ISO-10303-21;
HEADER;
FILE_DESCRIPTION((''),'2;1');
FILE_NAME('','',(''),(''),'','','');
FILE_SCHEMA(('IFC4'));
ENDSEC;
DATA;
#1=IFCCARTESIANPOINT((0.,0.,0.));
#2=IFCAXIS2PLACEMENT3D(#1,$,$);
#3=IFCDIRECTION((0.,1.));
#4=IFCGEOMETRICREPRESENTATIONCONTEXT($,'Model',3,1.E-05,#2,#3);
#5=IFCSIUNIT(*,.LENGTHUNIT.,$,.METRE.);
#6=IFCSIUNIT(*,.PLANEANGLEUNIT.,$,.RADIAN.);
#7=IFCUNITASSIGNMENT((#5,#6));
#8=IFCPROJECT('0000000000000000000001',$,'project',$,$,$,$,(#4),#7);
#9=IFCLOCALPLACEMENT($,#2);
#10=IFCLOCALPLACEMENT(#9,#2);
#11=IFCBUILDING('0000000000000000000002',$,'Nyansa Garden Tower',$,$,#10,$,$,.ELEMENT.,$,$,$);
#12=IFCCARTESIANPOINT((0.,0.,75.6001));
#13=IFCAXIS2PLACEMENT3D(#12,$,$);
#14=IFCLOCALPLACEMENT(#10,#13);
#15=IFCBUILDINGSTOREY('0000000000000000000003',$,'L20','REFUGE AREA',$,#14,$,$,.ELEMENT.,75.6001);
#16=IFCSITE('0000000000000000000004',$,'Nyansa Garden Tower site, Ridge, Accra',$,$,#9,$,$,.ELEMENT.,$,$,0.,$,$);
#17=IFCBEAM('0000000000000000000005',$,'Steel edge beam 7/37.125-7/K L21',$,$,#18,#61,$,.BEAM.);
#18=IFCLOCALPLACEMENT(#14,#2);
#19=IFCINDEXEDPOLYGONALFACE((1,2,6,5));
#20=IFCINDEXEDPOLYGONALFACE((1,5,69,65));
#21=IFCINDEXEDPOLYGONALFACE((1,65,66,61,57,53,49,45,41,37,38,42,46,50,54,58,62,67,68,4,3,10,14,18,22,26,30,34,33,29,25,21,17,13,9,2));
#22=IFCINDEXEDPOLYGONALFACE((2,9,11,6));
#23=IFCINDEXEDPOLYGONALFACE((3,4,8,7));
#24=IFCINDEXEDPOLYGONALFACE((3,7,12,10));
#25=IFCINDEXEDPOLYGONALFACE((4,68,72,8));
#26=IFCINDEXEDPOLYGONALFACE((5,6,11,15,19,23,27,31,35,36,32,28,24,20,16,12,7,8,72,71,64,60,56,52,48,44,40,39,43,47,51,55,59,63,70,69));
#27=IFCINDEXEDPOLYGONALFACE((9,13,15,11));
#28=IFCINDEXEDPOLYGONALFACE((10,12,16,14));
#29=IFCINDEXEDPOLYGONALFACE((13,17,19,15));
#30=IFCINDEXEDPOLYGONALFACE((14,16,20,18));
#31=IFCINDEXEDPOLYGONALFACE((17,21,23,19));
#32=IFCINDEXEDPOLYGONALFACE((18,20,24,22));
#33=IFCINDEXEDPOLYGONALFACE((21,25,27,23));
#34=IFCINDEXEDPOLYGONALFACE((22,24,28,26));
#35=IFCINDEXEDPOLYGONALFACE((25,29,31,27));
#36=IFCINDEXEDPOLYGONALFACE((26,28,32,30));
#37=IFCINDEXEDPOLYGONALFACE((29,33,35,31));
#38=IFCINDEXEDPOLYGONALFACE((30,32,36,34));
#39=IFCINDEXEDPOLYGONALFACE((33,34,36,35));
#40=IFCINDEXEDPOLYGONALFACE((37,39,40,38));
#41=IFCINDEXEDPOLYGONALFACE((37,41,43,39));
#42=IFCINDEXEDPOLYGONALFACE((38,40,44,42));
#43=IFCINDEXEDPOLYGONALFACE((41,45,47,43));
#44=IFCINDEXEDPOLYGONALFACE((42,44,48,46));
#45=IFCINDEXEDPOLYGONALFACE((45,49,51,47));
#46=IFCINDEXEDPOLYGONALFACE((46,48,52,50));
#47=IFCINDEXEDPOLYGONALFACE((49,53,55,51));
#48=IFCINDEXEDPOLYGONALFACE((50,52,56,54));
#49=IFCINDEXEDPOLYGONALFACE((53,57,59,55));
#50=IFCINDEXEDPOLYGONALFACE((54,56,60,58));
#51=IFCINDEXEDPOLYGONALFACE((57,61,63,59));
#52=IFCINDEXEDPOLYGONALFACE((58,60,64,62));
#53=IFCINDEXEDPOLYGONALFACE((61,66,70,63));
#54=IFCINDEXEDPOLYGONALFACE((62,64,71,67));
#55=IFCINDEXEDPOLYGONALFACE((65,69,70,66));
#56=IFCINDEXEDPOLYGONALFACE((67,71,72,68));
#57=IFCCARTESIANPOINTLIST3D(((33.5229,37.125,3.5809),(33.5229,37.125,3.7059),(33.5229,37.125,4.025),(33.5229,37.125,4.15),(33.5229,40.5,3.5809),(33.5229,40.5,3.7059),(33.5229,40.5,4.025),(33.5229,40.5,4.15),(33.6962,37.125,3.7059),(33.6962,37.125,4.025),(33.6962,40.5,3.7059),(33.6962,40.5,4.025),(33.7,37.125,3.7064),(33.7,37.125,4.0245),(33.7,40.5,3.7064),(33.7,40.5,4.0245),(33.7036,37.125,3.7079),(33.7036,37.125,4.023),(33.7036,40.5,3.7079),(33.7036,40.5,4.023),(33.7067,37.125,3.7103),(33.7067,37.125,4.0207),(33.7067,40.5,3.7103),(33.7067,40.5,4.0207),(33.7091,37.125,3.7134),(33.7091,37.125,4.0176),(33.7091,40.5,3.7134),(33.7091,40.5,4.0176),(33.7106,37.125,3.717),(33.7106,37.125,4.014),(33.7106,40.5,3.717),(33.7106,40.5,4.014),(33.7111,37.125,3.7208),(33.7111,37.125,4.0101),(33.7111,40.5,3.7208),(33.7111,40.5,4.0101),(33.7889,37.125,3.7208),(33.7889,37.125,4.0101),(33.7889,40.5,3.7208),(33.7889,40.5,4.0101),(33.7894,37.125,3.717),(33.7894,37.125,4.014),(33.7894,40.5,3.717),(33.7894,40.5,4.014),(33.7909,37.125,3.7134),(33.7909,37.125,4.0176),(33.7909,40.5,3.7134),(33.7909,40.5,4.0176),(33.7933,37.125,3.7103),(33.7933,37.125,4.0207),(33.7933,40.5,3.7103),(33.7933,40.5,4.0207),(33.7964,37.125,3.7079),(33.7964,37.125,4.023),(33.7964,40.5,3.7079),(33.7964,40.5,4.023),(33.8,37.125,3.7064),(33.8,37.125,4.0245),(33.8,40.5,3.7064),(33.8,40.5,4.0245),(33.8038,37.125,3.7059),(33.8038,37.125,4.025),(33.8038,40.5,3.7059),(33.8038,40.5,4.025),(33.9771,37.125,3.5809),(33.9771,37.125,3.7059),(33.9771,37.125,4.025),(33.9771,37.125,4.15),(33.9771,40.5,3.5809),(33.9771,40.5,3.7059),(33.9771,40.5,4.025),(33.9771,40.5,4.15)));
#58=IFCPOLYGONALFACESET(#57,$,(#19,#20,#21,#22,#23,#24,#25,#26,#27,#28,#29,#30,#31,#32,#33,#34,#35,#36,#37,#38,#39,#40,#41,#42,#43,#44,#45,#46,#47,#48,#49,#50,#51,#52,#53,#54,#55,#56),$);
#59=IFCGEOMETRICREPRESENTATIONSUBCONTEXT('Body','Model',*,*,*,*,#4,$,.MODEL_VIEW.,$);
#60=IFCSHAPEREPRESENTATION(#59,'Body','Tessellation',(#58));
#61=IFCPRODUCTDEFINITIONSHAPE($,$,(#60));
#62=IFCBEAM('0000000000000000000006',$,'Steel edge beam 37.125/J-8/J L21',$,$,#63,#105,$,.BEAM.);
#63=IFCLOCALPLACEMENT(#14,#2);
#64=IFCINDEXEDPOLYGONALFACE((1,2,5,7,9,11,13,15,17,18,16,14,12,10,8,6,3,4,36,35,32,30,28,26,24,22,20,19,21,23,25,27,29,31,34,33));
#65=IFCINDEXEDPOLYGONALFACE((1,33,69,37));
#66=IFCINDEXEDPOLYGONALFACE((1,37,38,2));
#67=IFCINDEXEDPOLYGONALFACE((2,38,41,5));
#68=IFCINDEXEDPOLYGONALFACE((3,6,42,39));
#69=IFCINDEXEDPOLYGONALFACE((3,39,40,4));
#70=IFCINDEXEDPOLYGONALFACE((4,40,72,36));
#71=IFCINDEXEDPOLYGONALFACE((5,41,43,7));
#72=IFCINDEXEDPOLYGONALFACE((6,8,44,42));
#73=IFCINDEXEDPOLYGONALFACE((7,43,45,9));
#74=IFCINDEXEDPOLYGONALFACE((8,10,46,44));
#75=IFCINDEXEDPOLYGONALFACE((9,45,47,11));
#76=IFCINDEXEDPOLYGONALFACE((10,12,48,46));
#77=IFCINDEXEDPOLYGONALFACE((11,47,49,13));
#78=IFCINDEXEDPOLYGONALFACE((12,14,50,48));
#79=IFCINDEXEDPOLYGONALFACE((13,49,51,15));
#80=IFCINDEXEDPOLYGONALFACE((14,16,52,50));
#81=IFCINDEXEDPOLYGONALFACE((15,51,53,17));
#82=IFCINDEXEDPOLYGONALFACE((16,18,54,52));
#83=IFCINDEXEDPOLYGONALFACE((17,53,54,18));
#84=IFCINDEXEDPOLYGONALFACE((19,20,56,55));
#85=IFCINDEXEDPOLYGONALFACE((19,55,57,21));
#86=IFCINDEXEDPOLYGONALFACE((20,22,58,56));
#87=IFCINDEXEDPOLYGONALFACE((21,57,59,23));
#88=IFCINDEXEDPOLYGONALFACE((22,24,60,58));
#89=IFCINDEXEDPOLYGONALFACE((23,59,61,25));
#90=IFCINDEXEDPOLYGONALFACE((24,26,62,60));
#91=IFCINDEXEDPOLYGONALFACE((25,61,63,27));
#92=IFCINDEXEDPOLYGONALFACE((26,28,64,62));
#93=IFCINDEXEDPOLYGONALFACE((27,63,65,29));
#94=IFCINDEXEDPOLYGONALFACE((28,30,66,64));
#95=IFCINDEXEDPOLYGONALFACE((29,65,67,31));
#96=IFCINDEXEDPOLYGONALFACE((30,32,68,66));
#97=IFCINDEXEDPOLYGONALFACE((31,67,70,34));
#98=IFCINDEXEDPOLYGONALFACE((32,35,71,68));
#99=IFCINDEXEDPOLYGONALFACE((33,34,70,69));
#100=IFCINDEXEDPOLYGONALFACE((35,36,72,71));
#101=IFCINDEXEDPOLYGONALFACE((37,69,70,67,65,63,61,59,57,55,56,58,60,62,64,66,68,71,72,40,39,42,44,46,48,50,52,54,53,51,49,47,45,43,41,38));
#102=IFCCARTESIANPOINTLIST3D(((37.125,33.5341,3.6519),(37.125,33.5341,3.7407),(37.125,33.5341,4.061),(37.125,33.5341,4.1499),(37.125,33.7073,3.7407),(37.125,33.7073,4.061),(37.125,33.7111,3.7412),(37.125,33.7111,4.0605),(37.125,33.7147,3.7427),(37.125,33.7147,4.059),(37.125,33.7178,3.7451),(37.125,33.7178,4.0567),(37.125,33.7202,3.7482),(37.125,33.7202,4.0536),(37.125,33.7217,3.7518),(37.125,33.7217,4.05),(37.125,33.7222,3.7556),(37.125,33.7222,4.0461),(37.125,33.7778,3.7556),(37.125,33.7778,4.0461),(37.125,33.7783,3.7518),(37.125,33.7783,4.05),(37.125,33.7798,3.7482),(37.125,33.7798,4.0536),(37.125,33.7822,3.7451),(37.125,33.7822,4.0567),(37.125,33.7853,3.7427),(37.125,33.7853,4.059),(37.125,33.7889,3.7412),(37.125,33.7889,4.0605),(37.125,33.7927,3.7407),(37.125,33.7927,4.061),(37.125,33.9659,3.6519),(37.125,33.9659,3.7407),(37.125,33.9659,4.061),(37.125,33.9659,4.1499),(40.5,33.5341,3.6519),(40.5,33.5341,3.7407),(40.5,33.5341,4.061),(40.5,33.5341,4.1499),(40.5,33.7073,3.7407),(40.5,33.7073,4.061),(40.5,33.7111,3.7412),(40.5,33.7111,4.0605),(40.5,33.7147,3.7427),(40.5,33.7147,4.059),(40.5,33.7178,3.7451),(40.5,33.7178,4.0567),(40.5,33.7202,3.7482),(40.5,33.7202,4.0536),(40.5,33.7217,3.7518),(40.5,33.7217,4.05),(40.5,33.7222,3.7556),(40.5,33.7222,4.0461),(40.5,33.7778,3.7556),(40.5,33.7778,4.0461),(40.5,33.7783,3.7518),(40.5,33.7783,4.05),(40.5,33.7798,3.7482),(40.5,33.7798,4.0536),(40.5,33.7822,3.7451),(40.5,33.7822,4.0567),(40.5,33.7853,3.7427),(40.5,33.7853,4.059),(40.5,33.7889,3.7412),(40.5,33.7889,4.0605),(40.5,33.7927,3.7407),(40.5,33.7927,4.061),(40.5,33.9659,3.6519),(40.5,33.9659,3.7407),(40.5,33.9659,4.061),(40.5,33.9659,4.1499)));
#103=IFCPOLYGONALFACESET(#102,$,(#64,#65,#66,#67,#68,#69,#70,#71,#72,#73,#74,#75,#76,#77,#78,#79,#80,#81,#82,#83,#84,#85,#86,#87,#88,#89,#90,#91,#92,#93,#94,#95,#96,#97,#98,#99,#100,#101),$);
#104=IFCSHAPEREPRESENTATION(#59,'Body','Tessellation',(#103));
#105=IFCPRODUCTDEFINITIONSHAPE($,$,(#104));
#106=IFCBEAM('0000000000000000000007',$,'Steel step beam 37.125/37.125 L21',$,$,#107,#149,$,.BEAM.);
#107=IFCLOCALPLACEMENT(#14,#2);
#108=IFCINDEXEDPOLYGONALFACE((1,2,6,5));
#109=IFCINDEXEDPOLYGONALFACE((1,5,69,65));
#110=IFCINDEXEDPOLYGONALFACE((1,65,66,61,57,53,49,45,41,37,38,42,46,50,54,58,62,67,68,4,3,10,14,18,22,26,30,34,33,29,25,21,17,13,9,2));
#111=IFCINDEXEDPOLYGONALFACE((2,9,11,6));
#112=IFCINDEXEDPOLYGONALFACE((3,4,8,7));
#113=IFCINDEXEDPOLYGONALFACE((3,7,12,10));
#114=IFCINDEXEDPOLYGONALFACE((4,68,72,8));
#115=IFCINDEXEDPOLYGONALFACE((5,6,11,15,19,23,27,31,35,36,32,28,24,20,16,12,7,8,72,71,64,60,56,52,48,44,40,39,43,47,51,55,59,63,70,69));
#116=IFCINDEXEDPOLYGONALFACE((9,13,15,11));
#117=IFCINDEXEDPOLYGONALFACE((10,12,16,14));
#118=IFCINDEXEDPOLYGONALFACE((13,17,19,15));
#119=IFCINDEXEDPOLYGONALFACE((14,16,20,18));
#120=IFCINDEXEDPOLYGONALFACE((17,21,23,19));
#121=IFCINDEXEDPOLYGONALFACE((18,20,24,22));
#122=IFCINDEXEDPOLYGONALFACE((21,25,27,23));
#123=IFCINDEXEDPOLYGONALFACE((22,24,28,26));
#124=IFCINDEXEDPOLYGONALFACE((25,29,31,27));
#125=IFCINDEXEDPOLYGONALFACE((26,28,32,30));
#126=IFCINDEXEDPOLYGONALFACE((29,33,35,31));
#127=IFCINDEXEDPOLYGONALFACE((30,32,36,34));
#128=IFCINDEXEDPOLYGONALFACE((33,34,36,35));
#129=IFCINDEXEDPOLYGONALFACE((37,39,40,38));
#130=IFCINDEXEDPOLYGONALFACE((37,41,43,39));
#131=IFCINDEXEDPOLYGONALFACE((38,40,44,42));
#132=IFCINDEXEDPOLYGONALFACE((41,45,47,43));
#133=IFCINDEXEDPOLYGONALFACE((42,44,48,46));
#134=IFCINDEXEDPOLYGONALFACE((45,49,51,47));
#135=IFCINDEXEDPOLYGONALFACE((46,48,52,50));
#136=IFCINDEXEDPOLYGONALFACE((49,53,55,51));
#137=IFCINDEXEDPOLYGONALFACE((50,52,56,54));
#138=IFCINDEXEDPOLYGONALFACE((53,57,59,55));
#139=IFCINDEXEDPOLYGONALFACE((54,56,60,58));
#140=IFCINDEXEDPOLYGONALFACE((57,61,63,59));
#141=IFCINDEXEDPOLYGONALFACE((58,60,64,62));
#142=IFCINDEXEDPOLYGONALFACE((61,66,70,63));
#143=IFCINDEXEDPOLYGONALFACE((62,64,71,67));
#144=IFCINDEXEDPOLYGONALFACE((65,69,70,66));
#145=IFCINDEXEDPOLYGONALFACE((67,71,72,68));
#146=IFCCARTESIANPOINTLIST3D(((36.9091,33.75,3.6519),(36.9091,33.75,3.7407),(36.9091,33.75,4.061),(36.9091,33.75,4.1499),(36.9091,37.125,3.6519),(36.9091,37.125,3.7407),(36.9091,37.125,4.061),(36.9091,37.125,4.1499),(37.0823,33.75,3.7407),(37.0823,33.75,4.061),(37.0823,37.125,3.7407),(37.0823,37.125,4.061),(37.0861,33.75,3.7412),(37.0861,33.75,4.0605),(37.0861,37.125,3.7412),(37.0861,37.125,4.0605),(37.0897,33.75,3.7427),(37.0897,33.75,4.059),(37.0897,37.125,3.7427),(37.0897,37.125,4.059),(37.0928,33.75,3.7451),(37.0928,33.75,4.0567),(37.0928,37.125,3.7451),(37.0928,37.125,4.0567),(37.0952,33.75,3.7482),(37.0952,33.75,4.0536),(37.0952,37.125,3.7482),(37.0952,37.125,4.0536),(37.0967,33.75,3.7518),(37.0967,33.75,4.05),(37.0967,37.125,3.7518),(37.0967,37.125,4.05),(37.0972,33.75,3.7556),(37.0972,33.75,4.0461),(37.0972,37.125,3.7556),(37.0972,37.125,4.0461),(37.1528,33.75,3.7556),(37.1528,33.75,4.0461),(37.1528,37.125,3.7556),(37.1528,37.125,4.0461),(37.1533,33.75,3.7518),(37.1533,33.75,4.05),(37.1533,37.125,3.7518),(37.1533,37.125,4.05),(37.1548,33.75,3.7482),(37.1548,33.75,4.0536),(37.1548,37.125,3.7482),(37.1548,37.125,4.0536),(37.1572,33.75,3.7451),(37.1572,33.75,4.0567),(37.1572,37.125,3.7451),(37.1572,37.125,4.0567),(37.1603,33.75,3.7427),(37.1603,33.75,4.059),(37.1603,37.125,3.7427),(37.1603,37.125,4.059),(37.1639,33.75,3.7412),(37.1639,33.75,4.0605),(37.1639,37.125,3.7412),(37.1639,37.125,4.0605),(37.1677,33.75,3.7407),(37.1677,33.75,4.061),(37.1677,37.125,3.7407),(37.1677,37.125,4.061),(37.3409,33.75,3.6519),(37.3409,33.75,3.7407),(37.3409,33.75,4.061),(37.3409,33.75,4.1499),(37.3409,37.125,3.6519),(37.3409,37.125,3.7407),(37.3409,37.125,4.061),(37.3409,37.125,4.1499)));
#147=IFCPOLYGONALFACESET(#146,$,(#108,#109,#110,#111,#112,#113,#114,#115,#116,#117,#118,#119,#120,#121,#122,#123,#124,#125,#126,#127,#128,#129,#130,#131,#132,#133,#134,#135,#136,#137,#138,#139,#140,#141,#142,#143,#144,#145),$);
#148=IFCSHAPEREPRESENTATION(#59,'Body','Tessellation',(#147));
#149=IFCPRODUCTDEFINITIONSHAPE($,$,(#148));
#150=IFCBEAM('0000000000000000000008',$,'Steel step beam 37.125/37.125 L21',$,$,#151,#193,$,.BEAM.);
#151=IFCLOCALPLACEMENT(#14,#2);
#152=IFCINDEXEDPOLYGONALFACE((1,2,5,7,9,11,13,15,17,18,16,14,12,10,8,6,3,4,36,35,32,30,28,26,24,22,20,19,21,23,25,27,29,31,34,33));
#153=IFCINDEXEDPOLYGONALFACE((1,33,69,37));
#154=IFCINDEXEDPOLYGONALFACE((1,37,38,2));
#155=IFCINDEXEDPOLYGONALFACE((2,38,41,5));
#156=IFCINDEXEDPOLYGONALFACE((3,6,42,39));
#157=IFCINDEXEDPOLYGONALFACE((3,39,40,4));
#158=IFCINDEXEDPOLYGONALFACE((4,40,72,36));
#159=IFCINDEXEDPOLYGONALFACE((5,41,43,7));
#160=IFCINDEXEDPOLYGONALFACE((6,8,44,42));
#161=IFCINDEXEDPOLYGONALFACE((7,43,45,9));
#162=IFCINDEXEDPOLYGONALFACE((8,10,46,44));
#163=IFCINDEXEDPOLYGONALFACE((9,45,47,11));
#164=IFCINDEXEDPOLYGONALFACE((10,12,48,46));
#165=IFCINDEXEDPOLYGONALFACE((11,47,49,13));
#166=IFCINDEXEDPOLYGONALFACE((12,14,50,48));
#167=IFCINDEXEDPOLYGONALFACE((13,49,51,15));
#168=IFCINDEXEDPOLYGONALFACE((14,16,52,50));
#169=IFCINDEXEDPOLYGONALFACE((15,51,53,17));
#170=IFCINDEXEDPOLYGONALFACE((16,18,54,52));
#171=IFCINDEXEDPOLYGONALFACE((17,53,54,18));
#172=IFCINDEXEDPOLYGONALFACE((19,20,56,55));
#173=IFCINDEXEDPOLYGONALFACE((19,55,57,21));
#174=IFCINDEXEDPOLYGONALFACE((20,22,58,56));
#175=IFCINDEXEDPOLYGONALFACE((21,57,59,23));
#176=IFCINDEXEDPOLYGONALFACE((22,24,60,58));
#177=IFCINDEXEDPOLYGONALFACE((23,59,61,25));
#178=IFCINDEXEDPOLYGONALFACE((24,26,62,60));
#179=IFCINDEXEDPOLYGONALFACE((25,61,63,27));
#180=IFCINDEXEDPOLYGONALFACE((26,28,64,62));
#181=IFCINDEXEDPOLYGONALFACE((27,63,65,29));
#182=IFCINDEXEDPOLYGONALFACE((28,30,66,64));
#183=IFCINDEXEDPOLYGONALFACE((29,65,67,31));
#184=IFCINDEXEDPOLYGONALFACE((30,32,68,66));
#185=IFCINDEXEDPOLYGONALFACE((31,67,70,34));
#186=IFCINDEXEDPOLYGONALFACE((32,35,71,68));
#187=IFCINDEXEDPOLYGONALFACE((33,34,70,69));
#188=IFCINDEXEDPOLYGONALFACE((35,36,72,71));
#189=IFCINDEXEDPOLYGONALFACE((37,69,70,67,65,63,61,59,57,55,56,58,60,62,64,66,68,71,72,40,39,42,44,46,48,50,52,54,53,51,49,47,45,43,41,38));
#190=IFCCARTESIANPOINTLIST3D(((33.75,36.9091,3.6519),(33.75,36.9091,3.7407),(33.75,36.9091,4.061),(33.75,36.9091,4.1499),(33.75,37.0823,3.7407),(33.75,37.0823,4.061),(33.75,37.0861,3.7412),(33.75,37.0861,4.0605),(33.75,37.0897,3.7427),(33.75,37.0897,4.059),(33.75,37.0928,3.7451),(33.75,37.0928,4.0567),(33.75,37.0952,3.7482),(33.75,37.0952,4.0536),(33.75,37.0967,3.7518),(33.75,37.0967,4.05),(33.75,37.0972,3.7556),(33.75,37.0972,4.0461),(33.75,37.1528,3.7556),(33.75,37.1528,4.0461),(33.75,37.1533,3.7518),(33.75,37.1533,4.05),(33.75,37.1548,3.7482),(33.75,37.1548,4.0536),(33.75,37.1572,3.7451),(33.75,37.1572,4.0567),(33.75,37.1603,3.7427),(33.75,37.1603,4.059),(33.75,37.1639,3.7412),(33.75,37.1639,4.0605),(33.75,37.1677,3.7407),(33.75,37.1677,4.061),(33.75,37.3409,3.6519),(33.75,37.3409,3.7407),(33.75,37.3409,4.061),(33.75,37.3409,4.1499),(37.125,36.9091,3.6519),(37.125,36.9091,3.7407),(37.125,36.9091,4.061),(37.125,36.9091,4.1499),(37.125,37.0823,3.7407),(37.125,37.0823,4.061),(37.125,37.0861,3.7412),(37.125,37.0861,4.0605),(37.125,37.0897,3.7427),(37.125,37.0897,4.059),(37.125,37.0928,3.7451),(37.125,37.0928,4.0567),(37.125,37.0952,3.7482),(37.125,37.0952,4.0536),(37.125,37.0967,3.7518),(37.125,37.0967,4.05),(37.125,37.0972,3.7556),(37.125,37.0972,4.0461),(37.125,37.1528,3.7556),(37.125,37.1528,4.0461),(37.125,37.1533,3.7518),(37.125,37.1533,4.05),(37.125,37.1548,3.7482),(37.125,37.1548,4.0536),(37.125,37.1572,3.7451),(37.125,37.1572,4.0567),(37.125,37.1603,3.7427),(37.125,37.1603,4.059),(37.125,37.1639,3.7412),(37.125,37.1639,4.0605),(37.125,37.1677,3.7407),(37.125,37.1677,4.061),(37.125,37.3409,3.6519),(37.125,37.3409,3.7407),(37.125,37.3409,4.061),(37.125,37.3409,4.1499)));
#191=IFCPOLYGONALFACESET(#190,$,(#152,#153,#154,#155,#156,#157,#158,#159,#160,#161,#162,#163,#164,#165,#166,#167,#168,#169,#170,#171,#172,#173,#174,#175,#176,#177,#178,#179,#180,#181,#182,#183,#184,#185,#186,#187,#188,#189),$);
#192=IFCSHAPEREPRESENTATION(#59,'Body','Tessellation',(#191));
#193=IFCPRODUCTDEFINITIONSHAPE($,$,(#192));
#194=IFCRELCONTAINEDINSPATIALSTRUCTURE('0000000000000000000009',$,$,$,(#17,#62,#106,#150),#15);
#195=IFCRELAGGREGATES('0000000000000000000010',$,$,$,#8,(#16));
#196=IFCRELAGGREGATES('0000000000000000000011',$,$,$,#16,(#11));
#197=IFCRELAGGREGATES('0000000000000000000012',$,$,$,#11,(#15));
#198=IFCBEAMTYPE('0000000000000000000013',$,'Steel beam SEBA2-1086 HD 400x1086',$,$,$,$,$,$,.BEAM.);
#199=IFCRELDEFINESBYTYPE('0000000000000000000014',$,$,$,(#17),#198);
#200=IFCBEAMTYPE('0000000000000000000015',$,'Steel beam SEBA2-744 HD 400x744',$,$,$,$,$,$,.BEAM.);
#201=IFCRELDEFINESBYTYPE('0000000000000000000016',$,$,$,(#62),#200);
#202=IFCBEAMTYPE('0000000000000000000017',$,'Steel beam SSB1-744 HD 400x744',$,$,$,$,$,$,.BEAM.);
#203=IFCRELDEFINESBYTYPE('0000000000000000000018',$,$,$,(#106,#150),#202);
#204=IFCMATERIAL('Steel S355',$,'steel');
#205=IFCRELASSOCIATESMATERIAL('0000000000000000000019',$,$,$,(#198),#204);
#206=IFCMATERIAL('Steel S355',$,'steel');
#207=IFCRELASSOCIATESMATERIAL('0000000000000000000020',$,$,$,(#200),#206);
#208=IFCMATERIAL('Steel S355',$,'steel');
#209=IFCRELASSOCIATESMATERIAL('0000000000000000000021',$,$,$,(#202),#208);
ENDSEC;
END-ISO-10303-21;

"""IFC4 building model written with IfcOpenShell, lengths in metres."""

from ifc_helpers import new_model, si_unit, direction, frame, origin, origin_2d, place, context, subcontext, project, spatial, i_section, extrude, material, material_profile, profile_set, type_object, element, save


model = new_model("IFC4")

# Units and contexts
model_context = context("Model", 3, precision=1e-05, world=origin(), true_north=direction((0.0, 1.0)))
body_context = subcontext(model_context, "Body", "Model", "MODEL_VIEW")
ifc_project = project(units=[si_unit("LENGTHUNIT", "METRE"), si_unit("PLANEANGLEUNIT", "RADIAN")], contexts=[model_context])

# Site, building, storey
site_placement = place(None, origin())
site = spatial("IfcSite", under=ifc_project, at=site_placement, Name="Nyansa Garden Tower site, Ridge, Accra", CompositionType="ELEMENT", RefElevation=0.0)
building_placement = place(site_placement, origin())
building = spatial("IfcBuilding", under=site, at=building_placement, Name="Nyansa Garden Tower", CompositionType="ELEMENT")
storey_placement = place(building_placement, frame((0.0, 0.0, 75.6001)))
storey = spatial("IfcBuildingStorey", under=building, at=storey_placement, Name="L20", Description="REFUGE AREA", CompositionType="ELEMENT", Elevation=75.6001)

# Beams
ifc_material_1 = material(Name="Steel S355", Category="steel")
ifc_material_profile_1 = material_profile(ifc_material_1, i_section(OverallWidth=0.4541, OverallDepth=0.5691, WebThickness=0.0779, FlangeThickness=0.125, FilletRadius=0.0149, at=origin_2d()), Name="HD 400x1086")
ifc_profile_set_1 = profile_set([ifc_material_profile_1], Name="Steel S355")
beam_type_1 = type_object("IfcBeamType", Name="Steel beam SEBA2-1086 HD 400x1086", PredefinedType="BEAM", material=ifc_profile_set_1)
beam_1_placement = place(storey_placement, frame((33.75, 37.125, 3.8655), z_axis=(0.0, 1.0, 0.0), x_axis=(-1.0, 0.0, 0.0)))
element("IfcBeam", 1, at=beam_1_placement, inside=storey, type_object=beam_type_1, Name="Steel edge beam 7/37.125-7/K L21", PredefinedType="BEAM", context=body_context, shape_type="SweptSolid", body=[
    extrude(i_section(OverallWidth=0.4541, OverallDepth=0.5691, WebThickness=0.0779, FlangeThickness=0.125, FilletRadius=0.0149, at=origin_2d()), origin(), (0.0, 0.0, 1.0), 3.375),
])
ifc_material_2 = material(Name="Steel S355", Category="steel")
ifc_material_profile_2 = material_profile(ifc_material_2, i_section(OverallWidth=0.4319, OverallDepth=0.498, WebThickness=0.0557, FlangeThickness=0.0889, FilletRadius=0.0149, at=origin_2d()), Name="HD 400x744")
ifc_profile_set_2 = profile_set([ifc_material_profile_2], Name="Steel S355")
beam_type_2 = type_object("IfcBeamType", Name="Steel beam SEBA2-744 HD 400x744", PredefinedType="BEAM", material=ifc_profile_set_2)
beam_2_placement = place(storey_placement, frame((37.125, 33.75, 3.9009), z_axis=(1.0, 0.0, 0.0), x_axis=(0.0, 1.0, 0.0)))
element("IfcBeam", 2, at=beam_2_placement, inside=storey, type_object=beam_type_2, Name="Steel edge beam 37.125/J-8/J L21", PredefinedType="BEAM", context=body_context, shape_type="SweptSolid", body=[
    extrude(i_section(OverallWidth=0.4319, OverallDepth=0.498, WebThickness=0.0557, FlangeThickness=0.0889, FilletRadius=0.0149, at=origin_2d()), origin(), (0.0, 0.0, 1.0), 3.375),
])
ifc_material_3 = material(Name="Steel S355", Category="steel")
ifc_material_profile_3 = material_profile(ifc_material_3, i_section(OverallWidth=0.4319, OverallDepth=0.498, WebThickness=0.0557, FlangeThickness=0.0889, FilletRadius=0.0149, at=origin_2d()), Name="HD 400x744")
ifc_profile_set_3 = profile_set([ifc_material_profile_3], Name="Steel S355")
beam_type_3 = type_object("IfcBeamType", Name="Steel beam SSB1-744 HD 400x744", PredefinedType="BEAM", material=ifc_profile_set_3)
for number, where, z_axis, x_axis, name in (
    (3, (37.125, 37.125, 3.9009), (0.0, -1.0, 0.0), (1.0, 0.0, 0.0), "Steel step beam 37.125/37.125 L21"),
    (4, (37.125, 37.125, 3.9009), (-1.0, 0.0, 0.0), (0.0, -1.0, 0.0), "Steel step beam 37.125/37.125 L21"),
):
    element("IfcBeam", number, at=place(storey_placement, frame(where, z_axis=z_axis, x_axis=x_axis)), inside=storey, type_object=beam_type_3, Name=name, PredefinedType="BEAM", context=body_context, shape_type="SweptSolid", body=[
        extrude(i_section(OverallWidth=0.4319, OverallDepth=0.498, WebThickness=0.0557, FlangeThickness=0.0889, FilletRadius=0.0149, at=origin_2d()), origin(), (0.0, 0.0, 1.0), 3.375),
    ])

save(model, "model.ifc")
